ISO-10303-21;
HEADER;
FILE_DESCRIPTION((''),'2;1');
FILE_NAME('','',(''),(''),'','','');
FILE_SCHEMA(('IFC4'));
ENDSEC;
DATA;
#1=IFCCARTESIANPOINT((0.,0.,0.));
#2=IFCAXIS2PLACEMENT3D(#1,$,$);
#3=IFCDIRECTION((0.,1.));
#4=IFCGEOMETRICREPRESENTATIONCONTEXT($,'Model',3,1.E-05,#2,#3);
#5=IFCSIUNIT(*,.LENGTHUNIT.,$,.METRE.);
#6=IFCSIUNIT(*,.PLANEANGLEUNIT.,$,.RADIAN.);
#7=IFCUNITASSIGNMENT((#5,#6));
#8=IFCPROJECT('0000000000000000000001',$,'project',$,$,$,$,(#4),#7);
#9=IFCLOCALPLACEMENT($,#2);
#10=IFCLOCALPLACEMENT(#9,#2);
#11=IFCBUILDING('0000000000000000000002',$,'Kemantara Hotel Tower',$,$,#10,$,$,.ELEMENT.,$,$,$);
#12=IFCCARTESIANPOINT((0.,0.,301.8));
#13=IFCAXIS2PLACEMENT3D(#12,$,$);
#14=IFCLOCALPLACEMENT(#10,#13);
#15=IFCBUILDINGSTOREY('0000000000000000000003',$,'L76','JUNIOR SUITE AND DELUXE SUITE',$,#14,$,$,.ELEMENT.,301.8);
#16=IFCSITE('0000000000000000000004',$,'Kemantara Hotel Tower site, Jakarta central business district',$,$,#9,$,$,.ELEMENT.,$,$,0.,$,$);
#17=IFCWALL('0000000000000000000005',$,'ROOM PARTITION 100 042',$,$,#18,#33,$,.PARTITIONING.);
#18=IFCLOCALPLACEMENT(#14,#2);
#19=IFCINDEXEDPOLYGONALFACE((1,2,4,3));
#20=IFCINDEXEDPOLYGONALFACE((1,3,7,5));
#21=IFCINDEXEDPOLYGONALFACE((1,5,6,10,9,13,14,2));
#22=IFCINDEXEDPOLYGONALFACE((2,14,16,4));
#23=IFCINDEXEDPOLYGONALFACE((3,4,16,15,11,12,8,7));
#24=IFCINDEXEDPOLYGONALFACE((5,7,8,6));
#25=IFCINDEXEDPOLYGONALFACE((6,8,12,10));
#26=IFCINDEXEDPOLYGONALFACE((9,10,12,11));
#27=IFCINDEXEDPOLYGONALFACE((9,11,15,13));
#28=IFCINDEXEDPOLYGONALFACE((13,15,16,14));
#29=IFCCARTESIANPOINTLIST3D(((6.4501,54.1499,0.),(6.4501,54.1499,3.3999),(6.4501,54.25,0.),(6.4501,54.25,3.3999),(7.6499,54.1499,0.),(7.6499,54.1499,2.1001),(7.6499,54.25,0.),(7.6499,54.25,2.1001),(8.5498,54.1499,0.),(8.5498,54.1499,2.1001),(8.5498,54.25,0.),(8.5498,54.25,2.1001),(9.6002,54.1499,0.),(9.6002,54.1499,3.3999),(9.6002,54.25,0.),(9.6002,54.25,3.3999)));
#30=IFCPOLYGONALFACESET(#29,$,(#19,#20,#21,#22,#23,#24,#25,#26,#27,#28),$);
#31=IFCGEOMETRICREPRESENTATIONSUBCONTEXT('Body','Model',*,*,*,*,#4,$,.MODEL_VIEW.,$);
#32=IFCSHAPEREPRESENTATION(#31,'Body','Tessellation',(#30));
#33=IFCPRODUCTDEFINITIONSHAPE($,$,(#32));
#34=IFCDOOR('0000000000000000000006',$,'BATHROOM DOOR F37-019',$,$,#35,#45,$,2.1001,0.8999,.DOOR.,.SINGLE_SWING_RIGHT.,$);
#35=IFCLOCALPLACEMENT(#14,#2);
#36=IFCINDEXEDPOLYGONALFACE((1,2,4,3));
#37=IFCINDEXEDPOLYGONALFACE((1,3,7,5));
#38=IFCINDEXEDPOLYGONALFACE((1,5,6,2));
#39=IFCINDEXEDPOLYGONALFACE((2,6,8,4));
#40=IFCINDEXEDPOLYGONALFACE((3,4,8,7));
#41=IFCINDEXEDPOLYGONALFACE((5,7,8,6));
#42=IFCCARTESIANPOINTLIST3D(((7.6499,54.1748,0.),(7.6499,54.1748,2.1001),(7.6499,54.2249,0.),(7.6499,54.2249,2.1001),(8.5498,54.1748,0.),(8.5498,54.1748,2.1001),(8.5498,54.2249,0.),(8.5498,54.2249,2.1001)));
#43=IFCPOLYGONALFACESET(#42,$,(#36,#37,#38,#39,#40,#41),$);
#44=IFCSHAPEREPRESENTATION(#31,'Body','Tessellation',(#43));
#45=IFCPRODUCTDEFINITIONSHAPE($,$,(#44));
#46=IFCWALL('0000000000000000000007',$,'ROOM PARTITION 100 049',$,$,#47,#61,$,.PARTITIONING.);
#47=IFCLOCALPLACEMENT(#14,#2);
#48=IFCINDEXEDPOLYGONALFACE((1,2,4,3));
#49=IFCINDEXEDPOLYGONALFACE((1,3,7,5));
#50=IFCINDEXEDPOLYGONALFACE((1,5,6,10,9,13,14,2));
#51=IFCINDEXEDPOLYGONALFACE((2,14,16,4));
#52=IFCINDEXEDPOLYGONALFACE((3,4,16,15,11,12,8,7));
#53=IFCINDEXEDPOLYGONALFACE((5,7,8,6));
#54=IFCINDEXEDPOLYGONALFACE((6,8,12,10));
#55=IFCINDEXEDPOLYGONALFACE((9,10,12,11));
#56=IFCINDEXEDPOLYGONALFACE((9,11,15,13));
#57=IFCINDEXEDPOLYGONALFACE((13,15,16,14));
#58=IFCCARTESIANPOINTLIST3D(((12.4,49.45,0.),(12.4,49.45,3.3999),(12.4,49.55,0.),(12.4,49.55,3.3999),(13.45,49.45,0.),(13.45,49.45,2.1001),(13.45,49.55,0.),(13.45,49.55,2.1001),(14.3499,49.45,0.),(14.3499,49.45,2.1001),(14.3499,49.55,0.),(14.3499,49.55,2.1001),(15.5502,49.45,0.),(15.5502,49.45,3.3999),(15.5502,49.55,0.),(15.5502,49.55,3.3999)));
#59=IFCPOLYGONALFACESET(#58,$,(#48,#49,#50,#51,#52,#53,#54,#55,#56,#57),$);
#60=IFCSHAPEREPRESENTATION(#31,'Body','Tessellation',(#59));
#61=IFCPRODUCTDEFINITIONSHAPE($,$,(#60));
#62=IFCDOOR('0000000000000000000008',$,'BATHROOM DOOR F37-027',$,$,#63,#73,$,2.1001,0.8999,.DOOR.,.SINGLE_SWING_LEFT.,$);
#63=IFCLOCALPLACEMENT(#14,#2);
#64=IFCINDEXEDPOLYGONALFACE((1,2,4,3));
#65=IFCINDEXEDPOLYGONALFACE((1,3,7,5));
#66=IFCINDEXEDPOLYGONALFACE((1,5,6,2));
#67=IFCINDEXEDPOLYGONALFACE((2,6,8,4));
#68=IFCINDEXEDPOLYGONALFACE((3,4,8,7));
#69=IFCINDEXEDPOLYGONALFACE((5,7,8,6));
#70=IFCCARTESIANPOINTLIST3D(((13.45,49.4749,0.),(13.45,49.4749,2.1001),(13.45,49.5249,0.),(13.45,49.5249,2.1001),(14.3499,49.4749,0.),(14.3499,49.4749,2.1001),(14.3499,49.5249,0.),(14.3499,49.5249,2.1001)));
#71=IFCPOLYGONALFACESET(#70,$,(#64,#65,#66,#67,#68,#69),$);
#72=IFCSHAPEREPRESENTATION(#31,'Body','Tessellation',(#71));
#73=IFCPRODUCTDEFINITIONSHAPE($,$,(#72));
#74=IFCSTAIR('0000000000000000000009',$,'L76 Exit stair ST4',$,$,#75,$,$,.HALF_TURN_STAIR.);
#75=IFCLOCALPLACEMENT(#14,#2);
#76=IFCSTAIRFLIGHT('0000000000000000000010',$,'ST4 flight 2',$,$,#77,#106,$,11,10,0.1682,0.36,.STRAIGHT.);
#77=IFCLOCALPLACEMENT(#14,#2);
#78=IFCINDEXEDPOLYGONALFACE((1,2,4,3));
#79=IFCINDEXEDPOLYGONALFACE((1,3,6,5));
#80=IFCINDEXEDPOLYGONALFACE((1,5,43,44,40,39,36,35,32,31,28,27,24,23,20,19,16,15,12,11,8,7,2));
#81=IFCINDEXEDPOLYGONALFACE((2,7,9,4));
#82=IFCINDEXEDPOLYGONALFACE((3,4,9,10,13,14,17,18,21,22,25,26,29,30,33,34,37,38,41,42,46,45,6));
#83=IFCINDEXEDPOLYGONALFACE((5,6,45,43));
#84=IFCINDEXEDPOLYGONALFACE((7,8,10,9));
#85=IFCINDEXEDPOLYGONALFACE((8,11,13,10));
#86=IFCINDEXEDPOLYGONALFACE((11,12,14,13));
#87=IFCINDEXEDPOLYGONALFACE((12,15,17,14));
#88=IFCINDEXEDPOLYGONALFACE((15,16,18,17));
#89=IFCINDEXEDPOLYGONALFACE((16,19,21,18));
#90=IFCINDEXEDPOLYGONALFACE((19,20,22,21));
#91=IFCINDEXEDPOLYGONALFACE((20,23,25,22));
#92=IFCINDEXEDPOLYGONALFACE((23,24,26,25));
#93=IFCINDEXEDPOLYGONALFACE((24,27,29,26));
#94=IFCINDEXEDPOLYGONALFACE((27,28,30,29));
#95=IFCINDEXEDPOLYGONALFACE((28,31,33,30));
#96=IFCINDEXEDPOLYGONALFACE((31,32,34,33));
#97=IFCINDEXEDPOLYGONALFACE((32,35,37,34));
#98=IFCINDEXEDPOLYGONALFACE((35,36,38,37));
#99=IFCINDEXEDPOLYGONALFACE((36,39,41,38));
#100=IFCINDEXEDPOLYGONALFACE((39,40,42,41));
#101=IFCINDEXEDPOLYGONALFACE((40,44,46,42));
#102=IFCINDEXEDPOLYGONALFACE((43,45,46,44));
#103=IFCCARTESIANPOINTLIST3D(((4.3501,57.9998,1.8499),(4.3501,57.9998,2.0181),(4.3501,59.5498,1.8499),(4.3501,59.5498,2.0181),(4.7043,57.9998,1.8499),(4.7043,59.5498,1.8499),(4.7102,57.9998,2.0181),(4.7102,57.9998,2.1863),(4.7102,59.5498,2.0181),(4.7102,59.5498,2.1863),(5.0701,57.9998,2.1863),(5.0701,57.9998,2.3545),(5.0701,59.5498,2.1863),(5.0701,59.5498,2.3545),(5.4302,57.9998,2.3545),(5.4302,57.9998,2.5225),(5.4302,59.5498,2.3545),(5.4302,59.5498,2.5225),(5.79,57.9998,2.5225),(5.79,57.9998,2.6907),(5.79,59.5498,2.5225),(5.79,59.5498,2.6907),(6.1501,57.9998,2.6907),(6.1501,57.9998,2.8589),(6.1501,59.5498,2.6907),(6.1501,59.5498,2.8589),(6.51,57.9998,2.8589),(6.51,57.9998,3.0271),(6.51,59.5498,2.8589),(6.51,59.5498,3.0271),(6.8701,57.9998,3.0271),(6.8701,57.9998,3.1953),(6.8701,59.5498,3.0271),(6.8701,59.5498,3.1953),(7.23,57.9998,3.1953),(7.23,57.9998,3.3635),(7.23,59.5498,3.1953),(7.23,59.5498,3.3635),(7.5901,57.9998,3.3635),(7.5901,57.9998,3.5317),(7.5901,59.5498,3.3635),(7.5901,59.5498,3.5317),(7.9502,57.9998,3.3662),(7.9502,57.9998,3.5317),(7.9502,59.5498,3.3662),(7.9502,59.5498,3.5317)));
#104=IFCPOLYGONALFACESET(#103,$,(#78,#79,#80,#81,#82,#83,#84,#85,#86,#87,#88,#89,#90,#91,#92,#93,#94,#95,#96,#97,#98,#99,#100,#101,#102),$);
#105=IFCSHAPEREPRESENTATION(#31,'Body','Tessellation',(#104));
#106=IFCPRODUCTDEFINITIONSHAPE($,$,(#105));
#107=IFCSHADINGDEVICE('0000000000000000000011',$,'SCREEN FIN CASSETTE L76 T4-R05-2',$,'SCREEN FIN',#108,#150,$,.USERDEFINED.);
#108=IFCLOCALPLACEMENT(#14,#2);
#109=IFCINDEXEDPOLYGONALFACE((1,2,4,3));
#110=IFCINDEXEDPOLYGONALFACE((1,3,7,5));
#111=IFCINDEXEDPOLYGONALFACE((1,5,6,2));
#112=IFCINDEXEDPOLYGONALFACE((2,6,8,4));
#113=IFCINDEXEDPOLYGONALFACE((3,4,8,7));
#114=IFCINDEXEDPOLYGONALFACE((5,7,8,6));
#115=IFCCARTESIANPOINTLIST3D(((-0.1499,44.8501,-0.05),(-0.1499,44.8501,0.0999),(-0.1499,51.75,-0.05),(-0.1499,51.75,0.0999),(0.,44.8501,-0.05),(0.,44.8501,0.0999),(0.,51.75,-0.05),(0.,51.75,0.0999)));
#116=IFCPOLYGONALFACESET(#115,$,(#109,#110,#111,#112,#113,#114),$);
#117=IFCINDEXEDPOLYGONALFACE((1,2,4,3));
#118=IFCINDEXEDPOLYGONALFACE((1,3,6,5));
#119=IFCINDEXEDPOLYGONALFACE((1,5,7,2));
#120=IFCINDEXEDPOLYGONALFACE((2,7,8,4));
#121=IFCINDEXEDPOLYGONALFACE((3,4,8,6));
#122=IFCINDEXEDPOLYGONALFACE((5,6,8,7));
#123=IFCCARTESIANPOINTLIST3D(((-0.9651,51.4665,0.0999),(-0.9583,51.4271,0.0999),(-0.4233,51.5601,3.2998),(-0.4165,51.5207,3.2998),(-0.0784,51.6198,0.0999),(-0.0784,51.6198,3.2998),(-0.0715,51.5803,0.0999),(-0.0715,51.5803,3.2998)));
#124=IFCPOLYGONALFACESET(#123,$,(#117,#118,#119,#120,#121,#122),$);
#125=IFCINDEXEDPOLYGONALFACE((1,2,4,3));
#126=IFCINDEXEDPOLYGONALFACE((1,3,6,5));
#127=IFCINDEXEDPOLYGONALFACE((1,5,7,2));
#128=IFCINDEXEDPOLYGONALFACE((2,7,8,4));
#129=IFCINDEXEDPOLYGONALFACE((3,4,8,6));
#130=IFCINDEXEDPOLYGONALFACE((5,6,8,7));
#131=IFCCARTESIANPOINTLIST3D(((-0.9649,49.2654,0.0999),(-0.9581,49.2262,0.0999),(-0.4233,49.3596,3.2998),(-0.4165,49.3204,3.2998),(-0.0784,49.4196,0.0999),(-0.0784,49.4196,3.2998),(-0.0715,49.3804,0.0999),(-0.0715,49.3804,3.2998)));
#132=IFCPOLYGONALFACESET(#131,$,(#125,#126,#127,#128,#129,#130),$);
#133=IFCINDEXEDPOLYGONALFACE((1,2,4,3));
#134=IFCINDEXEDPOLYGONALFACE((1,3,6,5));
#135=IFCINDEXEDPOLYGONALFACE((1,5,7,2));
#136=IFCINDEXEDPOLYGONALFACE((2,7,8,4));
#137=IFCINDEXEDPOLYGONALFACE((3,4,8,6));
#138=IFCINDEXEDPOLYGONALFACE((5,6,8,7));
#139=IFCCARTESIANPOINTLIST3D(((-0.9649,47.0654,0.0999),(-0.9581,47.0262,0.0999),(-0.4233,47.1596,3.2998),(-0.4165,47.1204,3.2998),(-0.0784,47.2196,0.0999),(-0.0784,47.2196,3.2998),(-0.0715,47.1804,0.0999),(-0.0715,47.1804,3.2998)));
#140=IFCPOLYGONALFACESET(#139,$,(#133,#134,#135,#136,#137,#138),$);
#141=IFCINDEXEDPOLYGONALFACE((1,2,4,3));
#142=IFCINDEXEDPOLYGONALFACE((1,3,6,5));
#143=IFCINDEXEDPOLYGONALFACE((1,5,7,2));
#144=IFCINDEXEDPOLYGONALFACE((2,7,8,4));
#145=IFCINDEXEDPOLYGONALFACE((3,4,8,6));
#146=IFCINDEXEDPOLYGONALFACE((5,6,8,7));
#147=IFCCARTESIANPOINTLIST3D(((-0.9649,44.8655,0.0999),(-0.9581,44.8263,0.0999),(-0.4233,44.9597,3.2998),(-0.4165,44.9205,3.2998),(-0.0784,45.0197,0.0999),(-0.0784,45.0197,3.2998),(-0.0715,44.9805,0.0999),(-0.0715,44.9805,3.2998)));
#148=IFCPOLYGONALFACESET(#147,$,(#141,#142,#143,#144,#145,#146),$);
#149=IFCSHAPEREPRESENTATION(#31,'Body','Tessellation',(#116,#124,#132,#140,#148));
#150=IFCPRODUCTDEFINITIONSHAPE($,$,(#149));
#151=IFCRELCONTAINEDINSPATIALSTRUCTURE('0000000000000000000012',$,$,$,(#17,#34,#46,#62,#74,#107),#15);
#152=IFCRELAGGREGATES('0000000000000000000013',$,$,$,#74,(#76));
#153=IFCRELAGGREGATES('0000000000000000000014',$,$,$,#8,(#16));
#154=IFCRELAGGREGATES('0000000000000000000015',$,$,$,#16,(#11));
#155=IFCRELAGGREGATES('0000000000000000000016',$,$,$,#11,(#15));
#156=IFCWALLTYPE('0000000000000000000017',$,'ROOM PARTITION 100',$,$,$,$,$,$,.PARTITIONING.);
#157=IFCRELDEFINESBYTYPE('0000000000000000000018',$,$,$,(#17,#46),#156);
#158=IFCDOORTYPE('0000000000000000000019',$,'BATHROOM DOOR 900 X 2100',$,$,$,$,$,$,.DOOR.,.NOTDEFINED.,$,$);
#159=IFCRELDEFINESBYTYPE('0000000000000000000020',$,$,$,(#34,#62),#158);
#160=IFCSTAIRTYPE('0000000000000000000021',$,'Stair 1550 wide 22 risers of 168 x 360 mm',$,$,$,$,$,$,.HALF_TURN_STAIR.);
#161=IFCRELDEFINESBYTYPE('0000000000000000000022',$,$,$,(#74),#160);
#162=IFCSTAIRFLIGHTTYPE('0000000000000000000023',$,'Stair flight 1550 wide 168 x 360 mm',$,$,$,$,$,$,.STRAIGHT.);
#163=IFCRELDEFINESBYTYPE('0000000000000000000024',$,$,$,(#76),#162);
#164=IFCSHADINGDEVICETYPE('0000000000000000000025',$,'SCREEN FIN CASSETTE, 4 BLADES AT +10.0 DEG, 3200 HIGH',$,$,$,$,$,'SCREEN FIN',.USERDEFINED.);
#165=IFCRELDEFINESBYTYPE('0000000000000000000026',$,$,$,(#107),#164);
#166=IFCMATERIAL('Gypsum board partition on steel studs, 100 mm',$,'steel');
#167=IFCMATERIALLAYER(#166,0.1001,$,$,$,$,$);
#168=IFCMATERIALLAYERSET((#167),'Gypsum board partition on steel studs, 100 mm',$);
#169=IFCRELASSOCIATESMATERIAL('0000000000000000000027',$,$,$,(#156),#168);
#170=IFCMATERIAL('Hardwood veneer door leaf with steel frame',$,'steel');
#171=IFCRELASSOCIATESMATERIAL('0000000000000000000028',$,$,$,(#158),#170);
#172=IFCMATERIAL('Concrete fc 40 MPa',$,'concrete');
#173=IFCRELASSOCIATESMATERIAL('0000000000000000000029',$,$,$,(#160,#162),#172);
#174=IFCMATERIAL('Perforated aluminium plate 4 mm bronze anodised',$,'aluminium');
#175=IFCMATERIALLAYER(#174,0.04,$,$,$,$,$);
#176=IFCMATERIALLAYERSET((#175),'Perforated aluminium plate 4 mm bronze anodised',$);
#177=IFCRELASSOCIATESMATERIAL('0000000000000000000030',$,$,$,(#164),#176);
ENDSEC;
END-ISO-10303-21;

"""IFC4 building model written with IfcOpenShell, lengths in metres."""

from ifc_helpers import new_model, si_unit, direction, frame, frame_2d, origin, origin_2d, place, context, subcontext, project, spatial, polyline, rectangle, outline, extrude, source, transform, mapped, material, layer, layer_set, type_object, element, fill, aggregate, save


model = new_model("IFC4")

# Units and contexts
model_context = context("Model", 3, precision=1e-05, world=origin(), true_north=direction((0.0, 1.0)))
body_context = subcontext(model_context, "Body", "Model", "MODEL_VIEW")
ifc_project = project(units=[si_unit("LENGTHUNIT", "METRE"), si_unit("PLANEANGLEUNIT", "RADIAN")], contexts=[model_context])

# Site, building, storey
site_placement = place(None, origin())
site = spatial("IfcSite", under=ifc_project, at=site_placement, Name="Kemantara Hotel Tower site, Jakarta central business district", CompositionType="ELEMENT", RefElevation=0.0)
building_placement = place(site_placement, origin())
building = spatial("IfcBuilding", under=site, at=building_placement, Name="Kemantara Hotel Tower", CompositionType="ELEMENT")
storey_placement = place(building_placement, frame((0.0, 0.0, 301.8)))
storey = spatial("IfcBuildingStorey", under=building, at=storey_placement, Name="L76", Description="JUNIOR SUITE AND DELUXE SUITE", CompositionType="ELEMENT", Elevation=301.8)

# Shared definitions
ifc_material_1 = material(Name="Hardwood veneer door leaf with steel frame", Category="steel")
ifc_material_2 = material(Name="Concrete fc 40 MPa", Category="concrete")

# Shared definitions
ifc_material_3 = material(Name="Gypsum board partition on steel studs, 100 mm", Category="steel")
ifc_layer_1 = layer(ifc_material_3, 0.1001)
ifc_layer_set_1 = layer_set([ifc_layer_1], Name="Gypsum board partition on steel studs, 100 mm")
wall_type_1 = type_object("IfcWallType", Name="ROOM PARTITION 100", PredefinedType="PARTITIONING", material=ifc_layer_set_1)

# Walls, openings, doors
wall_1_placement = place(storey_placement, frame((6.45, 54.2, 0.0), z_axis=(0.0, 0.0, 1.0), x_axis=(1.0, 0.0, 0.0)))
wall_1 = element("IfcWall", 1, at=wall_1_placement, inside=storey, type_object=wall_type_1, Name="ROOM PARTITION 100 042", PredefinedType="PARTITIONING", context=body_context, shape_type="SweptSolid", body=[
    extrude(rectangle(XDim=3.1501, YDim=0.1001, at=frame_2d((1.5752, 0.0))), origin(), (0.0, 0.0, 1.0), 3.3999),
])
opening_1_placement = place(wall_1_placement, frame((1.2, 0.0, 0.0)))
opening_1 = element("IfcOpeningElement", 2, at=opening_1_placement, cuts=wall_1, PredefinedType="OPENING", context=body_context, shape_type="SweptSolid", body=[
    extrude(rectangle(XDim=0.8999, YDim=2.1001, at=frame_2d((0.45, 1.05))), frame((0.0, 0.0601, 0.0), z_axis=(0.0, -1.0, 0.0), x_axis=(1.0, 0.0, 0.0)), (0.0, 0.0, 1.0), 0.1201),
])
door_type_1 = type_object("IfcDoorType", Name="BATHROOM DOOR 900 X 2100", OperationType="NOTDEFINED", PredefinedType="DOOR", material=ifc_material_1)
door_1_placement = place(opening_1_placement, origin())
door_1 = element("IfcDoor", 3, at=door_1_placement, inside=storey, type_object=door_type_1, Name="BATHROOM DOOR F37-019", OperationType="SINGLE_SWING_RIGHT", OverallHeight=2.1001, OverallWidth=0.8999, PredefinedType="DOOR", context=body_context, shape_type="SweptSolid", body=[
    extrude(rectangle(XDim=0.8999, YDim=2.1001, at=frame_2d((0.45, 1.05))), frame((0.0, 0.0249, 0.0), z_axis=(0.0, -1.0, 0.0), x_axis=(1.0, 0.0, 0.0)), (0.0, 0.0, 1.0), 0.05),
])
fill(opening_1, door_1)
wall_2_placement = place(storey_placement, frame((12.3999, 49.5, 0.0), z_axis=(0.0, 0.0, 1.0), x_axis=(1.0, 0.0, 0.0)))
wall_2 = element("IfcWall", 4, at=wall_2_placement, inside=storey, type_object=wall_type_1, Name="ROOM PARTITION 100 049", PredefinedType="PARTITIONING", context=body_context, shape_type="SweptSolid", body=[
    extrude(rectangle(XDim=3.1501, YDim=0.1001, at=frame_2d((1.5752, 0.0))), origin(), (0.0, 0.0, 1.0), 3.3999),
])
opening_2_placement = place(wall_2_placement, frame((1.05, 0.0, 0.0)))
opening_2 = element("IfcOpeningElement", 5, at=opening_2_placement, cuts=wall_2, PredefinedType="OPENING", context=body_context, shape_type="SweptSolid", body=[
    extrude(rectangle(XDim=0.8999, YDim=2.1001, at=frame_2d((0.45, 1.05))), frame((0.0, 0.0601, 0.0), z_axis=(0.0, -1.0, 0.0), x_axis=(1.0, 0.0, 0.0)), (0.0, 0.0, 1.0), 0.1201),
])
door_2_placement = place(opening_2_placement, origin())
door_2 = element("IfcDoor", 6, at=door_2_placement, inside=storey, type_object=door_type_1, Name="BATHROOM DOOR F37-027", OperationType="SINGLE_SWING_LEFT", OverallHeight=2.1001, OverallWidth=0.8999, PredefinedType="DOOR", context=body_context, shape_type="SweptSolid", body=[
    extrude(rectangle(XDim=0.8999, YDim=2.1001, at=frame_2d((0.45, 1.05))), frame((0.0, 0.0249, 0.0), z_axis=(0.0, -1.0, 0.0), x_axis=(1.0, 0.0, 0.0)), (0.0, 0.0, 1.0), 0.05),
])
fill(opening_2, door_2)

# Stair, stair flight
stair_type = type_object("IfcStairType", Name="Stair 1550 wide 22 risers of 168 x 360 mm", PredefinedType="HALF_TURN_STAIR", material=ifc_material_2)
stair_placement = place(storey_placement, origin())
stair = element("IfcStair", 7, at=stair_placement, inside=storey, type_object=stair_type, Name="L76 Exit stair ST4", PredefinedType="HALF_TURN_STAIR")
stair_flight_type = type_object("IfcStairFlightType", Name="Stair flight 1550 wide 168 x 360 mm", PredefinedType="STRAIGHT", material=ifc_material_2)
stair_flight_placement = place(storey_placement, frame((4.3501, 58.7749, 1.8499), z_axis=(0.0, 0.0, 1.0), x_axis=(1.0, 0.0, 0.0)))
stair_flight = element("IfcStairFlight", 8, at=stair_flight_placement, type_object=stair_flight_type, Name="ST4 flight 2", NumberOfRisers=11, NumberOfTreads=10, PredefinedType="STRAIGHT", RiserHeight=0.1682, TreadLength=0.36, context=body_context, shape_type="SweptSolid", body=[
    extrude(outline(polyline([(0.0, 0.0), (0.0, 0.1682), (0.3601, 0.1682), (0.3601, 0.3364), (0.72, 0.3364), (0.72, 0.5046), (1.0801, 0.5046), (1.0801, 0.6726), (1.4399, 0.6726), (1.4399, 0.8408), (1.8, 0.8408), (1.8, 1.009), (2.1599, 1.009), (2.1599, 1.1772), (2.52, 1.1772), (2.52, 1.3455), (2.8799, 1.3455), (2.8799, 1.5137), (3.24, 1.5137), (3.24, 1.6819), (3.6001, 1.6819), (3.6001, 1.8501), (3.6001, 1.5164), (0.3542, 0.0), (0.0, 0.0)])), frame((0.0, 0.7749, 0.0), z_axis=(0.0, -1.0, 0.0), x_axis=(1.0, 0.0, 0.0)), (0.0, 0.0, 1.0), 1.55),
])
aggregate(stair, [stair_flight])

# Shading device
ifc_material_4 = material(Name="Perforated aluminium plate 4 mm bronze anodised", Category="aluminium")
ifc_layer_2 = layer(ifc_material_4, 0.04)
ifc_layer_set_2 = layer_set([ifc_layer_2], Name="Perforated aluminium plate 4 mm bronze anodised")
shading_device_type_1 = type_object("IfcShadingDeviceType", Name="SCREEN FIN CASSETTE, 4 BLADES AT +10.0 DEG, 3200 HIGH", ElementType="SCREEN FIN", PredefinedType="USERDEFINED", material=ifc_layer_set_2)
shared_shape_1 = source(origin(), body_context, "Body", "SweptSolid", [
    extrude(rectangle(XDim=6.8999, YDim=0.1499, at=origin_2d()), frame((3.3, -0.075, -0.1499), z_axis=(0.0, 0.0, 1.0), x_axis=(1.0, 0.0, 0.0)), (0.0, 0.0, 1.0), 0.1499),
    extrude(outline(polyline([(0.0, 0.0), (0.8999, 0.0), (0.3501, 3.2), (0.0, 3.2), (0.0, 0.0)])), frame((0.0198, -0.0715, 0.0), z_axis=(-0.98539, -0.170314, 0.0), x_axis=(0.170314, -0.98539, 0.0)), (0.0, 0.0, 1.0), 0.04),
    extrude(outline(polyline([(0.0, 0.0), (0.8999, 0.0), (0.3501, 3.2), (0.0, 3.2), (0.0, 0.0)])), frame((2.2197, -0.0715, 0.0), z_axis=(-0.985212, -0.171341, 0.0), x_axis=(0.171341, -0.985212, 0.0)), (0.0, 0.0, 1.0), 0.0398),
    extrude(outline(polyline([(0.0, 0.0), (0.8999, 0.0), (0.3501, 3.2), (0.0, 3.2), (0.0, 0.0)])), frame((4.4197, -0.0715, 0.0), z_axis=(-0.985212, -0.171341, 0.0), x_axis=(0.171341, -0.985212, 0.0)), (0.0, 0.0, 1.0), 0.0398),
    extrude(outline(polyline([(0.0, 0.0), (0.8999, 0.0), (0.3501, 3.2), (0.0, 3.2), (0.0, 0.0)])), frame((6.6196, -0.0715, 0.0), z_axis=(-0.985212, -0.171341, 0.0), x_axis=(0.171341, -0.985212, 0.0)), (0.0, 0.0, 1.0), 0.0398),
])
shading_device_1_placement = place(storey_placement, frame((0.0, 51.6001, 0.0999), z_axis=(0.0, 0.0, 1.0), x_axis=(0.0, -1.0, 0.0)))
element("IfcShadingDevice", 9, at=shading_device_1_placement, inside=storey, type_object=shading_device_type_1, Name="SCREEN FIN CASSETTE L76 T4-R05-2", ObjectType="SCREEN FIN", PredefinedType="USERDEFINED", context=body_context, shape_type="MappedRepresentation", body=[
    mapped(shared_shape_1, transform((0.0, 0.0, 0.0))),
])

save(model, "model.ifc")
